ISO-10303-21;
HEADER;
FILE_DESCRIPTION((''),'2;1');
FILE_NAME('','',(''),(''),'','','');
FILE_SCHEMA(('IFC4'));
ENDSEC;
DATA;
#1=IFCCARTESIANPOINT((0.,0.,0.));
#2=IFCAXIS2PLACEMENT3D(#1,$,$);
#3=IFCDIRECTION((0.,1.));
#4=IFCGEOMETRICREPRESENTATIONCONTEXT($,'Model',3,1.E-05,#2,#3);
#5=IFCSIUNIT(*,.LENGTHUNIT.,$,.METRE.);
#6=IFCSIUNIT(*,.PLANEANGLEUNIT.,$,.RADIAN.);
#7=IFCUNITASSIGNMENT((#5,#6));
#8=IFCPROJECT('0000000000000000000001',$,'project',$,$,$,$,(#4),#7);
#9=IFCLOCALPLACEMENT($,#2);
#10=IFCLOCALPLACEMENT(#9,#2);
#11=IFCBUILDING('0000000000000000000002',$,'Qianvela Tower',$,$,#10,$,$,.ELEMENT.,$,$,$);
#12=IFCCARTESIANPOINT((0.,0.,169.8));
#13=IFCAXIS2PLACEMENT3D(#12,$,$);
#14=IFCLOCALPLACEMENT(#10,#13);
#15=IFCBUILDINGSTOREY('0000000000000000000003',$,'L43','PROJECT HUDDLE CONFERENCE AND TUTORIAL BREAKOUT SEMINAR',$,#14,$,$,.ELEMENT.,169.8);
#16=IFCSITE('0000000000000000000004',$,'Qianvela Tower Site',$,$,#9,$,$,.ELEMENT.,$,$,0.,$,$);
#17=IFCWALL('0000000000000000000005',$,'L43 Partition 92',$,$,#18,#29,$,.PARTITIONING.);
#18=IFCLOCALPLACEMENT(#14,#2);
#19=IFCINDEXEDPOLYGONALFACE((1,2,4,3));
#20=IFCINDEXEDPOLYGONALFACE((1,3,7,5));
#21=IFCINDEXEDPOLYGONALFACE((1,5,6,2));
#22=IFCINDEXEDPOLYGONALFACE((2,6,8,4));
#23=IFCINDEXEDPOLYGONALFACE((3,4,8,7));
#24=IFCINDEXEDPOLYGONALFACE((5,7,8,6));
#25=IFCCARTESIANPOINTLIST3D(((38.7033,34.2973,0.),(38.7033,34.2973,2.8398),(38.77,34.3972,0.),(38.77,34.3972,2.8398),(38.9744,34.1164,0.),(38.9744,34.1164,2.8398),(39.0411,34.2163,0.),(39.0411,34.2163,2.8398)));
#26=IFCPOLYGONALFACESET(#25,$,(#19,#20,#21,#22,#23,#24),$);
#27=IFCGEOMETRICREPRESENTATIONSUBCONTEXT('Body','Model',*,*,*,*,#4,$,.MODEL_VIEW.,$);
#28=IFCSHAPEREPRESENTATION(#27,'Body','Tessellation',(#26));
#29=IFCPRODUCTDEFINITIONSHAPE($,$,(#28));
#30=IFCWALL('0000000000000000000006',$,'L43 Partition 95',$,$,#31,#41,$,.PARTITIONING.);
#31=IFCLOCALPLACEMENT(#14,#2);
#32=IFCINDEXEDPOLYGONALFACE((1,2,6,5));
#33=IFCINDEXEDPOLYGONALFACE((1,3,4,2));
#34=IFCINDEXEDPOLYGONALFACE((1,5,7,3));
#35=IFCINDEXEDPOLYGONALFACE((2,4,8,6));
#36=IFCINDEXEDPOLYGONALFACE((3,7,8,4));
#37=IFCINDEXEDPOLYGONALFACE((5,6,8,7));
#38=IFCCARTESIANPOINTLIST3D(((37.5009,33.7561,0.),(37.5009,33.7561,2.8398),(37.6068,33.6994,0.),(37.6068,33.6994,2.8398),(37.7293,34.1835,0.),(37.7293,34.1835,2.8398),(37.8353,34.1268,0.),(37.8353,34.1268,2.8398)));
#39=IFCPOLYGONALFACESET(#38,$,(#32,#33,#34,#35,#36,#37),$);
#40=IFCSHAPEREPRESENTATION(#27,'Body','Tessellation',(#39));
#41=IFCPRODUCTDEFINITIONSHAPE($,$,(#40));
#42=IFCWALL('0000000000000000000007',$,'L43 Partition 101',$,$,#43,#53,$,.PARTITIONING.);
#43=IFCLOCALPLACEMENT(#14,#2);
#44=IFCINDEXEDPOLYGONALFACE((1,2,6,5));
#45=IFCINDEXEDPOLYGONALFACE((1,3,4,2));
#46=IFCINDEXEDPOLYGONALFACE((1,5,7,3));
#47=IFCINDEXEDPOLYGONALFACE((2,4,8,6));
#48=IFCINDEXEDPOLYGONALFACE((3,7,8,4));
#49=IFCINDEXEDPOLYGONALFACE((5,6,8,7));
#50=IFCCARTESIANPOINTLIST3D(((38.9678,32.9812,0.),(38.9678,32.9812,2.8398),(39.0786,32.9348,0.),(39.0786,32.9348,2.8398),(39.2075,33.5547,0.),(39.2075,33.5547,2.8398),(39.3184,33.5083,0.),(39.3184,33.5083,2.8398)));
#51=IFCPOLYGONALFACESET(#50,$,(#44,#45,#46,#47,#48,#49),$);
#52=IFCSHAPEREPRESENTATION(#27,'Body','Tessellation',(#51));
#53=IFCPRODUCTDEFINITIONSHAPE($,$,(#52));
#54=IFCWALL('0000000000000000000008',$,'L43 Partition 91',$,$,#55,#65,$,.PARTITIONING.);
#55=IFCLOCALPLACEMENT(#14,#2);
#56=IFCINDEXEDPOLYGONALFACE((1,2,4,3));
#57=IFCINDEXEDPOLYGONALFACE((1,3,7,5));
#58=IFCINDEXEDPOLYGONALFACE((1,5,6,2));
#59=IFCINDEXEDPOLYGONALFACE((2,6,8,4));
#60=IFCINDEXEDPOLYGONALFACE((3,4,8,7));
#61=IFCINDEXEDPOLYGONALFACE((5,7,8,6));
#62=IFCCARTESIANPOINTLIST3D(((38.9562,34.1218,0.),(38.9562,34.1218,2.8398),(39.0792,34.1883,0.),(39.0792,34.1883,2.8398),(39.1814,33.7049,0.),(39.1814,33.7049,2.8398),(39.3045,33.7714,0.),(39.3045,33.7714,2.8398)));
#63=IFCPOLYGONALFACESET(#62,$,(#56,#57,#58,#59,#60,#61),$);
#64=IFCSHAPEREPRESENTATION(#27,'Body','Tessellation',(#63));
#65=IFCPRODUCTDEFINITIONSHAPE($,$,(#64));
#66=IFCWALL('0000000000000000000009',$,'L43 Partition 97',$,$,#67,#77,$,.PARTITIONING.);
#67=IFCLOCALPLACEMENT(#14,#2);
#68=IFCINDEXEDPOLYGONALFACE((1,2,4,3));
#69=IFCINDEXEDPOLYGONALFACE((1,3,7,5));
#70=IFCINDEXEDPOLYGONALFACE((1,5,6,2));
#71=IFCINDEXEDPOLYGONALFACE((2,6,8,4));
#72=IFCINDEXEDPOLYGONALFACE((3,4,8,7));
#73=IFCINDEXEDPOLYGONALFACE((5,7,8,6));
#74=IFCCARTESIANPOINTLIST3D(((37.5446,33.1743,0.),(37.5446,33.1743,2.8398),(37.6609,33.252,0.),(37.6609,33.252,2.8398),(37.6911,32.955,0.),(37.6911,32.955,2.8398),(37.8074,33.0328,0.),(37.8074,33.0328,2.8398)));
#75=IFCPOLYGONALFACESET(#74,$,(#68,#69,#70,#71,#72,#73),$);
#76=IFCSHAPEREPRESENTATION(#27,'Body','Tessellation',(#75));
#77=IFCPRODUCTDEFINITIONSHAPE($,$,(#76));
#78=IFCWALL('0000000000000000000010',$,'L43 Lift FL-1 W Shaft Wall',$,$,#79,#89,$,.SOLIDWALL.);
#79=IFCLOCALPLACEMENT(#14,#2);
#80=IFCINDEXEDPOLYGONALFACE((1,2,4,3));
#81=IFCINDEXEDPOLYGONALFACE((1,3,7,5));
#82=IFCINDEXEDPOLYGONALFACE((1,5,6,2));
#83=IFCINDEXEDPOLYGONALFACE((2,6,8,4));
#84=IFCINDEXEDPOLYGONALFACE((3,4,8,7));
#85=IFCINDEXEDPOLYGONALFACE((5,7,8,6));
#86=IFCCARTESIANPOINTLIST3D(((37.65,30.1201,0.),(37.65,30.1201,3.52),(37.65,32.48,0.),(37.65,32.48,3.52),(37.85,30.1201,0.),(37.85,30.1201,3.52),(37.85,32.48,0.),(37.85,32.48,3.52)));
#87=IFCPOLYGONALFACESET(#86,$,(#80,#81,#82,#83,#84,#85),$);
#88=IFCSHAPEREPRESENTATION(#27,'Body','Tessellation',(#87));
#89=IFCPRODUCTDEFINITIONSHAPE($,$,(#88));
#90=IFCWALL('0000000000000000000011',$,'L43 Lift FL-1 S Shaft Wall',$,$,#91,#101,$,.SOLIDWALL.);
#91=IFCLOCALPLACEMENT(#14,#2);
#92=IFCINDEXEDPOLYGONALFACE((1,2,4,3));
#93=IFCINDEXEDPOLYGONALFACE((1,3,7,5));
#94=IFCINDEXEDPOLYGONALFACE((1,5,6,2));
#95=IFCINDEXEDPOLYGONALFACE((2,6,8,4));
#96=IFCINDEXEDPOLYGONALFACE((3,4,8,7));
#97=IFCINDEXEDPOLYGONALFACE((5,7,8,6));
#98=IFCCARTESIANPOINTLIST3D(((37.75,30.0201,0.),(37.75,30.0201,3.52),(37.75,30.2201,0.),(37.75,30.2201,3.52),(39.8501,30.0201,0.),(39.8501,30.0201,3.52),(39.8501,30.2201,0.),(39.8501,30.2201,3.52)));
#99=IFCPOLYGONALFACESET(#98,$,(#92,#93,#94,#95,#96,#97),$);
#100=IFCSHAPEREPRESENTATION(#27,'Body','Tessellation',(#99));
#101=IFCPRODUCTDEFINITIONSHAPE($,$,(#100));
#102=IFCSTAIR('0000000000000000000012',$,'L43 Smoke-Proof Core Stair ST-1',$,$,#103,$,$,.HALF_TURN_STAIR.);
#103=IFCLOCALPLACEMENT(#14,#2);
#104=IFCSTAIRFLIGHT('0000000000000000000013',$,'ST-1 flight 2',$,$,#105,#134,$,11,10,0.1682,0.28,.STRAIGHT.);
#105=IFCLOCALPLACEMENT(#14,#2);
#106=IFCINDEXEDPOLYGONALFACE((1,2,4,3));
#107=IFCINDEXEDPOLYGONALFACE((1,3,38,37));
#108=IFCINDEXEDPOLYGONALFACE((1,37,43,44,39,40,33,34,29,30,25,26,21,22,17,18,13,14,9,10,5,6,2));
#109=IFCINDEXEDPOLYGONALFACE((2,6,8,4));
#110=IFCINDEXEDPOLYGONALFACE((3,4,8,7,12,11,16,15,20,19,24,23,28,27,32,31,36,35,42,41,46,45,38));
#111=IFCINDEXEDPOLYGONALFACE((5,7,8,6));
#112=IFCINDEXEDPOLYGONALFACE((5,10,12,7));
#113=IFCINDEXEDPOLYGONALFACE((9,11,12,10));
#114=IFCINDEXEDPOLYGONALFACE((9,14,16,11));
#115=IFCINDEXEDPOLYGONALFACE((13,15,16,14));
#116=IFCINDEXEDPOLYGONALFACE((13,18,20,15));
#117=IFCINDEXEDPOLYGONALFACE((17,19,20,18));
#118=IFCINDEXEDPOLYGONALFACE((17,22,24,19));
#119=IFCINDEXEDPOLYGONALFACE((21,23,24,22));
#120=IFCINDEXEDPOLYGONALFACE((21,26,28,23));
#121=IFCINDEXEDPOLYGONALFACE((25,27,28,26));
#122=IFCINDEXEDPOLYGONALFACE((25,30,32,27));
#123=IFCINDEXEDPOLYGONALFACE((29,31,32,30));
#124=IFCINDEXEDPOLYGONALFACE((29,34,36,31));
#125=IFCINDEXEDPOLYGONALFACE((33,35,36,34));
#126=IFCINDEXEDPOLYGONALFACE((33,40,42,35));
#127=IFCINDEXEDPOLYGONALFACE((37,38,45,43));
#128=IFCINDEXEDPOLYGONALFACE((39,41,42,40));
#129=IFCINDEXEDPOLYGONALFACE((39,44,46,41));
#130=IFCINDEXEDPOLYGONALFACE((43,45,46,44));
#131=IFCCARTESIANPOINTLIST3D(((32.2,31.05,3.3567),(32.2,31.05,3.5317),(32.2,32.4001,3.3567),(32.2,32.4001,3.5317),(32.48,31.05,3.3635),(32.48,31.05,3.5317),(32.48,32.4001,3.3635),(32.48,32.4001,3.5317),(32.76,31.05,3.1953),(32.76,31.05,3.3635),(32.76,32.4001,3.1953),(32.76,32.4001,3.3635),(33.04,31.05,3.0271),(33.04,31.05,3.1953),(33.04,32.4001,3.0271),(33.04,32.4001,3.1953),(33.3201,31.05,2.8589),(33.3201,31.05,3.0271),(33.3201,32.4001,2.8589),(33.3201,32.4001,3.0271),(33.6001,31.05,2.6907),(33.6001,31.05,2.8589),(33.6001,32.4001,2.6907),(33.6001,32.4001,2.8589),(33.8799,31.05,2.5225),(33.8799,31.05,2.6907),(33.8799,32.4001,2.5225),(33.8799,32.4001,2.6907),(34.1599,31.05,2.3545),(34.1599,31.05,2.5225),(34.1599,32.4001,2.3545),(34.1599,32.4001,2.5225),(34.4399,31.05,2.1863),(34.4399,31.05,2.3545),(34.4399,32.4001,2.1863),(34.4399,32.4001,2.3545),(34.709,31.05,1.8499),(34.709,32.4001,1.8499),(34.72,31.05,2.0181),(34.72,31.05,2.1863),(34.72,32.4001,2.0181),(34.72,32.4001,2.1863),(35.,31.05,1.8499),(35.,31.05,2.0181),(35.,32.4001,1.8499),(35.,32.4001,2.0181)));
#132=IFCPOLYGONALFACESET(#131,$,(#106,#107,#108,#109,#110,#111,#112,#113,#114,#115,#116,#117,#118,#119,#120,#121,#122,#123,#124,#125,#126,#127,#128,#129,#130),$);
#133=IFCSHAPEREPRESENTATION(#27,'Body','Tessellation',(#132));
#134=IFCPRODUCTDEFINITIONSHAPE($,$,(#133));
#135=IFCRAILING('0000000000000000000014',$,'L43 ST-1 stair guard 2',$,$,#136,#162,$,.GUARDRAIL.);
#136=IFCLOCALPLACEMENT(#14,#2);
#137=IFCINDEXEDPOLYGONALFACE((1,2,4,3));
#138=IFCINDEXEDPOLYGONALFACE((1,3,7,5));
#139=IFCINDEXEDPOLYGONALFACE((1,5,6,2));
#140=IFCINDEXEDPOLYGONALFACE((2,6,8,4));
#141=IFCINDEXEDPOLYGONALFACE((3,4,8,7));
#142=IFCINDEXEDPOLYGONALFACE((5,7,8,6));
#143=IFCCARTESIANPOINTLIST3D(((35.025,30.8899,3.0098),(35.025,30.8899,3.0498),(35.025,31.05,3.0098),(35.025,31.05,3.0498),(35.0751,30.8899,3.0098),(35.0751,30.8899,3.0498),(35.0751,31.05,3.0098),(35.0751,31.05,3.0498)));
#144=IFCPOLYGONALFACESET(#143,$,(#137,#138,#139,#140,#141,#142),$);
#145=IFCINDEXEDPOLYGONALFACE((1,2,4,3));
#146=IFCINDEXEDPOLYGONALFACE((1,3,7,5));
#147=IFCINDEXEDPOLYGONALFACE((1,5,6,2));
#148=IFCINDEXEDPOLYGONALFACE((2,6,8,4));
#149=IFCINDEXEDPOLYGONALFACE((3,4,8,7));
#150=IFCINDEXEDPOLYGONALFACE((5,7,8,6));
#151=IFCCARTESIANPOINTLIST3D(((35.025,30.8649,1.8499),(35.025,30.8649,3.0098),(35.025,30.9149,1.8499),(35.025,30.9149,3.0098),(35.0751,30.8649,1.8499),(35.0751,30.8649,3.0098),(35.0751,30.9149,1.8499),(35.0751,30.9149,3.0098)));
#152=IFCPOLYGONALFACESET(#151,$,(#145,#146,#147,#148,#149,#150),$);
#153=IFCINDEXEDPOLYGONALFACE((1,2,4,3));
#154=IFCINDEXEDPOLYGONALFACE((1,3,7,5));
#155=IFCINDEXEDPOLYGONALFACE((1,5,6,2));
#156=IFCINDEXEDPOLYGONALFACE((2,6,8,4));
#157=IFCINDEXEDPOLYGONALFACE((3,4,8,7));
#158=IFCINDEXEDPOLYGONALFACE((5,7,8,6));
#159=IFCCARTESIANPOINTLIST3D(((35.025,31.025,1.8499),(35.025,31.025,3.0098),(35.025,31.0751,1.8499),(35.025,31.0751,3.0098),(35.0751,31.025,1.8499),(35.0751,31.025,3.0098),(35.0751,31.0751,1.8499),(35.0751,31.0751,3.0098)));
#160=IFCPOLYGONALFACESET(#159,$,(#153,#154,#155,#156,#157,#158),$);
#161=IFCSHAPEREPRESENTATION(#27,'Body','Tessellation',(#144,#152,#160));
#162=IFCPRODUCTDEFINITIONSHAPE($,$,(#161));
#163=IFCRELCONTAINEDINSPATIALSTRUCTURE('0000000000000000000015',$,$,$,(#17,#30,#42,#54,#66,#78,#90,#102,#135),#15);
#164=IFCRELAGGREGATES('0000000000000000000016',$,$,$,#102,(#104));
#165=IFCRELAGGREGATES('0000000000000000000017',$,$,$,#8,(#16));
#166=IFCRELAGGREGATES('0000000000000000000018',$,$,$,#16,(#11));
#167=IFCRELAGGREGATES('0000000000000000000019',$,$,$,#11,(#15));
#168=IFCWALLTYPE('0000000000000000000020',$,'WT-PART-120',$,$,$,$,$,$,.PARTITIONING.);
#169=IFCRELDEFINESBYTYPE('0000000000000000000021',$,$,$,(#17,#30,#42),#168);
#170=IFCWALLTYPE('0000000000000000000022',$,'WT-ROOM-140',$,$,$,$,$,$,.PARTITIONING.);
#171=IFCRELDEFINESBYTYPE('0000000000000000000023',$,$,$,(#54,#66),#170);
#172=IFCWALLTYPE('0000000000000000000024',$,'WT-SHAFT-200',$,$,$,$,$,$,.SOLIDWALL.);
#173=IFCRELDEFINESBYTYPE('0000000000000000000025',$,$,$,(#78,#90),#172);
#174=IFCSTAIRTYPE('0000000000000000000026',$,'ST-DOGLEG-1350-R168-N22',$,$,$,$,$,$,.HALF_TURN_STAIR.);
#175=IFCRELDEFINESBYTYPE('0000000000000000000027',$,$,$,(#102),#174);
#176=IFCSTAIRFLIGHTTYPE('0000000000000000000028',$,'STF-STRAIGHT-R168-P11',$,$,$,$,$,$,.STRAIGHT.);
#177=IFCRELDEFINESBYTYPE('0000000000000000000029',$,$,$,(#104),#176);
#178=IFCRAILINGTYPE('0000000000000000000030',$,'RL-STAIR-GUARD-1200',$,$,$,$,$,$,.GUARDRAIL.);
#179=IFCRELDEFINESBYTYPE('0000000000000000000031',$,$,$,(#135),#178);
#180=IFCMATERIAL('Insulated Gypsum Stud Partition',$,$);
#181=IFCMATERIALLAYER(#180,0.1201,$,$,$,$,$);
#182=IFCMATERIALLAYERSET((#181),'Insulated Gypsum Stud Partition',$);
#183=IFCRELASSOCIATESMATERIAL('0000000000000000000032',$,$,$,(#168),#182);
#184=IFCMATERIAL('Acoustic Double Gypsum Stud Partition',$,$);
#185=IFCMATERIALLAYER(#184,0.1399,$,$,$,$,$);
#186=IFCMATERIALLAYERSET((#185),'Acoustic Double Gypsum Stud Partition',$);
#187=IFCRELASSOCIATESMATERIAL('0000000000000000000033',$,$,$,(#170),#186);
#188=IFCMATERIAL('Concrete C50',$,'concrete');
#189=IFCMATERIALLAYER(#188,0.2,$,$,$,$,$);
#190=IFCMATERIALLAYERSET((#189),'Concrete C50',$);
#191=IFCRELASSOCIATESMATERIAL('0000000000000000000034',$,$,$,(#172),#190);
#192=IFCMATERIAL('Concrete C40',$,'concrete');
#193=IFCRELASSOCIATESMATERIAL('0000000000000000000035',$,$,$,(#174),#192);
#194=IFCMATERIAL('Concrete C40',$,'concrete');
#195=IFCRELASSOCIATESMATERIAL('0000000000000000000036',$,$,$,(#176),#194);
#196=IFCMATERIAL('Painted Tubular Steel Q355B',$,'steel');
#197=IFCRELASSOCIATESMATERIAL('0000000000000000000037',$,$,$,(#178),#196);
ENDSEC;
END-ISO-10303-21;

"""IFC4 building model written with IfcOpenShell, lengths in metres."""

from ifc_helpers import new_model, si_unit, direction, frame, frame_2d, origin, origin_2d, place, context, subcontext, project, spatial, polyline, rectangle, outline, extrude, material, layer, layer_set, type_object, element, aggregate, save


model = new_model("IFC4")

# Units and contexts
model_context = context("Model", 3, precision=1e-05, world=origin(), true_north=direction((0.0, 1.0)))
body_context = subcontext(model_context, "Body", "Model", "MODEL_VIEW")
ifc_project = project(units=[si_unit("LENGTHUNIT", "METRE"), si_unit("PLANEANGLEUNIT", "RADIAN")], contexts=[model_context])

# Site, building, storey
site_placement = place(None, origin())
site = spatial("IfcSite", under=ifc_project, at=site_placement, Name="Qianvela Tower Site", CompositionType="ELEMENT", RefElevation=0.0)
building_placement = place(site_placement, origin())
building = spatial("IfcBuilding", under=site, at=building_placement, Name="Qianvela Tower", CompositionType="ELEMENT")
storey_placement = place(building_placement, frame((0.0, 0.0, 169.8)))
storey = spatial("IfcBuildingStorey", under=building, at=storey_placement, Name="L43", Description="PROJECT HUDDLE CONFERENCE AND TUTORIAL BREAKOUT SEMINAR", CompositionType="ELEMENT", Elevation=169.8)

# Walls
ifc_material_1 = material(Name="Insulated Gypsum Stud Partition")
ifc_layer_1 = layer(ifc_material_1, 0.1201)
ifc_layer_set_1 = layer_set([ifc_layer_1], Name="Insulated Gypsum Stud Partition")
wall_type_1 = type_object("IfcWallType", Name="WT-PART-120", PredefinedType="PARTITIONING", material=ifc_layer_set_1)
wall_1_placement = place(storey_placement, frame((39.0078, 34.1663, 0.0), z_axis=(0.0, 0.0, 1.0), x_axis=(-0.831704, 0.555219, 0.0)))
element("IfcWall", 1, at=wall_1_placement, inside=storey, type_object=wall_type_1, Name="L43 Partition 92", PredefinedType="PARTITIONING", context=body_context, shape_type="SweptSolid", body=[
    extrude(rectangle(XDim=0.3259, YDim=0.1201, at=frame_2d((0.1631, 0.0))), origin(), (0.0, 0.0, 1.0), 2.8398),
])
wall_2_placement = place(storey_placement, frame((37.7822, 34.155, 0.0), z_axis=(0.0, 0.0, 1.0), x_axis=(-0.471425, -0.881906, 0.0)))
element("IfcWall", 2, at=wall_2_placement, inside=storey, type_object=wall_type_1, Name="L43 Partition 95", PredefinedType="PARTITIONING", context=body_context, shape_type="SweptSolid", body=[
    extrude(rectangle(XDim=0.4846, YDim=0.1201, at=frame_2d((0.2422, 0.0))), origin(), (0.0, 0.0, 1.0), 2.8398),
])
wall_3_placement = place(storey_placement, frame((39.0232, 32.958, 0.0), z_axis=(0.0, 0.0, 1.0), x_axis=(0.385703, 0.922623, 0.0)))
element("IfcWall", 3, at=wall_3_placement, inside=storey, type_object=wall_type_1, Name="L43 Partition 101", PredefinedType="PARTITIONING", context=body_context, shape_type="SweptSolid", body=[
    extrude(rectangle(XDim=0.6216, YDim=0.1201, at=frame_2d((0.3108, 0.0))), origin(), (0.0, 0.0, 1.0), 2.8398),
])
ifc_material_2 = material(Name="Acoustic Double Gypsum Stud Partition")
ifc_layer_2 = layer(ifc_material_2, 0.1399)
ifc_layer_set_2 = layer_set([ifc_layer_2], Name="Acoustic Double Gypsum Stud Partition")
wall_type_2 = type_object("IfcWallType", Name="WT-ROOM-140", PredefinedType="PARTITIONING", material=ifc_layer_set_2)
wall_4_placement = place(storey_placement, frame((39.2429, 33.7383, 0.0), z_axis=(0.0, 0.0, 1.0), x_axis=(-0.47542, 0.879759, 0.0)))
element("IfcWall", 4, at=wall_4_placement, inside=storey, type_object=wall_type_2, Name="L43 Partition 91", PredefinedType="PARTITIONING", context=body_context, shape_type="SweptSolid", body=[
    extrude(rectangle(XDim=0.4739, YDim=0.1399, at=frame_2d((0.2368, 0.0))), origin(), (0.0, 0.0, 1.0), 2.8398),
])
wall_5_placement = place(storey_placement, frame((37.6028, 33.2131, 0.0), z_axis=(0.0, 0.0, 1.0), x_axis=(0.555555, -0.83148, 0.0)))
element("IfcWall", 5, at=wall_5_placement, inside=storey, type_object=wall_type_2, Name="L43 Partition 97", PredefinedType="PARTITIONING", context=body_context, shape_type="SweptSolid", body=[
    extrude(rectangle(XDim=0.2637, YDim=0.1399, at=frame_2d((0.1318, 0.0))), origin(), (0.0, 0.0, 1.0), 2.8398),
])

# Shared definitions
ifc_material_3 = material(Name="Concrete C50", Category="concrete")
ifc_layer_3 = layer(ifc_material_3, 0.2)
ifc_layer_set_3 = layer_set([ifc_layer_3], Name="Concrete C50")
wall_type_3 = type_object("IfcWallType", Name="WT-SHAFT-200", PredefinedType="SOLIDWALL", material=ifc_layer_set_3)

# Walls
wall_6_placement = place(storey_placement, frame((37.75, 30.1201, 0.0), z_axis=(0.0, 0.0, 1.0), x_axis=(0.0, 1.0, 0.0)))
element("IfcWall", 6, at=wall_6_placement, inside=storey, type_object=wall_type_3, Name="L43 Lift FL-1 W Shaft Wall", PredefinedType="SOLIDWALL", context=body_context, shape_type="SweptSolid", body=[
    extrude(rectangle(XDim=2.3599, YDim=0.2, at=frame_2d((1.1799, 0.0))), origin(), (0.0, 0.0, 1.0), 3.52),
])
wall_7_placement = place(storey_placement, frame((37.75, 30.1201, 0.0), z_axis=(0.0, 0.0, 1.0), x_axis=(1.0, 0.0, 0.0)))
element("IfcWall", 7, at=wall_7_placement, inside=storey, type_object=wall_type_3, Name="L43 Lift FL-1 S Shaft Wall", PredefinedType="SOLIDWALL", context=body_context, shape_type="SweptSolid", body=[
    extrude(rectangle(XDim=2.1001, YDim=0.2, at=frame_2d((1.05, 0.0))), origin(), (0.0, 0.0, 1.0), 3.52),
])

# Stair, stair flight
ifc_material_4 = material(Name="Concrete C40", Category="concrete")
stair_type = type_object("IfcStairType", Name="ST-DOGLEG-1350-R168-N22", PredefinedType="HALF_TURN_STAIR", material=ifc_material_4)
stair_placement = place(storey_placement, origin())
stair = element("IfcStair", 8, at=stair_placement, inside=storey, type_object=stair_type, Name="L43 Smoke-Proof Core Stair ST-1", PredefinedType="HALF_TURN_STAIR")
ifc_material_5 = material(Name="Concrete C40", Category="concrete")
stair_flight_type = type_object("IfcStairFlightType", Name="STF-STRAIGHT-R168-P11", PredefinedType="STRAIGHT", material=ifc_material_5)
stair_flight_placement = place(storey_placement, frame((35.0, 31.7251, 1.8499), z_axis=(0.0, 0.0, 1.0), x_axis=(-1.0, 0.0, 0.0)))
stair_flight = element("IfcStairFlight", 9, at=stair_flight_placement, type_object=stair_flight_type, Name="ST-1 flight 2", NumberOfRisers=11, NumberOfTreads=10, PredefinedType="STRAIGHT", RiserHeight=0.1682, TreadLength=0.28, context=body_context, shape_type="SweptSolid", body=[
    extrude(outline(polyline([(0.0, 0.0), (0.0, 0.1682), (0.28, 0.1682), (0.28, 0.3364), (0.5601, 0.3364), (0.5601, 0.5046), (0.8401, 0.5046), (0.8401, 0.6726), (1.1201, 0.6726), (1.1201, 0.8408), (1.3999, 0.8408), (1.3999, 1.009), (1.6799, 1.009), (1.6799, 1.1772), (1.96, 1.1772), (1.96, 1.3455), (2.24, 1.3455), (2.24, 1.5137), (2.52, 1.5137), (2.52, 1.6819), (2.8, 1.6819), (2.8, 1.8501), (2.8, 1.5068), (0.291, 0.0), (0.0, 0.0)])), frame((0.0, 0.675, 0.0), z_axis=(0.0, -1.0, 0.0), x_axis=(1.0, 0.0, 0.0)), (0.0, 0.0, 1.0), 1.3501),
])
aggregate(stair, [stair_flight])

# Railing
ifc_material_6 = material(Name="Painted Tubular Steel Q355B", Category="steel")
railing_type_1 = type_object("IfcRailingType", Name="RL-STAIR-GUARD-1200", PredefinedType="GUARDRAIL", material=ifc_material_6)
railing_1_placement = place(storey_placement, frame((35.05, 30.8899, 1.8499)))
element("IfcRailing", 10, at=railing_1_placement, inside=storey, type_object=railing_type_1, Name="L43 ST-1 stair guard 2", PredefinedType="GUARDRAIL", context=body_context, shape_type="SweptSolid", body=[
    extrude(rectangle(XDim=0.05, YDim=0.04, at=origin_2d()), frame((0.0, 0.0, 1.1799), z_axis=(0.0, 1.0, 0.0), x_axis=(-1.0, 0.0, 0.0)), (0.0, 0.0, 1.0), 0.1602),
    extrude(rectangle(XDim=0.05, YDim=0.05, at=origin_2d()), origin(), (0.0, 0.0, 1.0), 1.1599),
    extrude(rectangle(XDim=0.05, YDim=0.05, at=origin_2d()), frame((0.0, 0.1602, 0.0)), (0.0, 0.0, 1.0), 1.1599),
])

save(model, "model.ifc")
